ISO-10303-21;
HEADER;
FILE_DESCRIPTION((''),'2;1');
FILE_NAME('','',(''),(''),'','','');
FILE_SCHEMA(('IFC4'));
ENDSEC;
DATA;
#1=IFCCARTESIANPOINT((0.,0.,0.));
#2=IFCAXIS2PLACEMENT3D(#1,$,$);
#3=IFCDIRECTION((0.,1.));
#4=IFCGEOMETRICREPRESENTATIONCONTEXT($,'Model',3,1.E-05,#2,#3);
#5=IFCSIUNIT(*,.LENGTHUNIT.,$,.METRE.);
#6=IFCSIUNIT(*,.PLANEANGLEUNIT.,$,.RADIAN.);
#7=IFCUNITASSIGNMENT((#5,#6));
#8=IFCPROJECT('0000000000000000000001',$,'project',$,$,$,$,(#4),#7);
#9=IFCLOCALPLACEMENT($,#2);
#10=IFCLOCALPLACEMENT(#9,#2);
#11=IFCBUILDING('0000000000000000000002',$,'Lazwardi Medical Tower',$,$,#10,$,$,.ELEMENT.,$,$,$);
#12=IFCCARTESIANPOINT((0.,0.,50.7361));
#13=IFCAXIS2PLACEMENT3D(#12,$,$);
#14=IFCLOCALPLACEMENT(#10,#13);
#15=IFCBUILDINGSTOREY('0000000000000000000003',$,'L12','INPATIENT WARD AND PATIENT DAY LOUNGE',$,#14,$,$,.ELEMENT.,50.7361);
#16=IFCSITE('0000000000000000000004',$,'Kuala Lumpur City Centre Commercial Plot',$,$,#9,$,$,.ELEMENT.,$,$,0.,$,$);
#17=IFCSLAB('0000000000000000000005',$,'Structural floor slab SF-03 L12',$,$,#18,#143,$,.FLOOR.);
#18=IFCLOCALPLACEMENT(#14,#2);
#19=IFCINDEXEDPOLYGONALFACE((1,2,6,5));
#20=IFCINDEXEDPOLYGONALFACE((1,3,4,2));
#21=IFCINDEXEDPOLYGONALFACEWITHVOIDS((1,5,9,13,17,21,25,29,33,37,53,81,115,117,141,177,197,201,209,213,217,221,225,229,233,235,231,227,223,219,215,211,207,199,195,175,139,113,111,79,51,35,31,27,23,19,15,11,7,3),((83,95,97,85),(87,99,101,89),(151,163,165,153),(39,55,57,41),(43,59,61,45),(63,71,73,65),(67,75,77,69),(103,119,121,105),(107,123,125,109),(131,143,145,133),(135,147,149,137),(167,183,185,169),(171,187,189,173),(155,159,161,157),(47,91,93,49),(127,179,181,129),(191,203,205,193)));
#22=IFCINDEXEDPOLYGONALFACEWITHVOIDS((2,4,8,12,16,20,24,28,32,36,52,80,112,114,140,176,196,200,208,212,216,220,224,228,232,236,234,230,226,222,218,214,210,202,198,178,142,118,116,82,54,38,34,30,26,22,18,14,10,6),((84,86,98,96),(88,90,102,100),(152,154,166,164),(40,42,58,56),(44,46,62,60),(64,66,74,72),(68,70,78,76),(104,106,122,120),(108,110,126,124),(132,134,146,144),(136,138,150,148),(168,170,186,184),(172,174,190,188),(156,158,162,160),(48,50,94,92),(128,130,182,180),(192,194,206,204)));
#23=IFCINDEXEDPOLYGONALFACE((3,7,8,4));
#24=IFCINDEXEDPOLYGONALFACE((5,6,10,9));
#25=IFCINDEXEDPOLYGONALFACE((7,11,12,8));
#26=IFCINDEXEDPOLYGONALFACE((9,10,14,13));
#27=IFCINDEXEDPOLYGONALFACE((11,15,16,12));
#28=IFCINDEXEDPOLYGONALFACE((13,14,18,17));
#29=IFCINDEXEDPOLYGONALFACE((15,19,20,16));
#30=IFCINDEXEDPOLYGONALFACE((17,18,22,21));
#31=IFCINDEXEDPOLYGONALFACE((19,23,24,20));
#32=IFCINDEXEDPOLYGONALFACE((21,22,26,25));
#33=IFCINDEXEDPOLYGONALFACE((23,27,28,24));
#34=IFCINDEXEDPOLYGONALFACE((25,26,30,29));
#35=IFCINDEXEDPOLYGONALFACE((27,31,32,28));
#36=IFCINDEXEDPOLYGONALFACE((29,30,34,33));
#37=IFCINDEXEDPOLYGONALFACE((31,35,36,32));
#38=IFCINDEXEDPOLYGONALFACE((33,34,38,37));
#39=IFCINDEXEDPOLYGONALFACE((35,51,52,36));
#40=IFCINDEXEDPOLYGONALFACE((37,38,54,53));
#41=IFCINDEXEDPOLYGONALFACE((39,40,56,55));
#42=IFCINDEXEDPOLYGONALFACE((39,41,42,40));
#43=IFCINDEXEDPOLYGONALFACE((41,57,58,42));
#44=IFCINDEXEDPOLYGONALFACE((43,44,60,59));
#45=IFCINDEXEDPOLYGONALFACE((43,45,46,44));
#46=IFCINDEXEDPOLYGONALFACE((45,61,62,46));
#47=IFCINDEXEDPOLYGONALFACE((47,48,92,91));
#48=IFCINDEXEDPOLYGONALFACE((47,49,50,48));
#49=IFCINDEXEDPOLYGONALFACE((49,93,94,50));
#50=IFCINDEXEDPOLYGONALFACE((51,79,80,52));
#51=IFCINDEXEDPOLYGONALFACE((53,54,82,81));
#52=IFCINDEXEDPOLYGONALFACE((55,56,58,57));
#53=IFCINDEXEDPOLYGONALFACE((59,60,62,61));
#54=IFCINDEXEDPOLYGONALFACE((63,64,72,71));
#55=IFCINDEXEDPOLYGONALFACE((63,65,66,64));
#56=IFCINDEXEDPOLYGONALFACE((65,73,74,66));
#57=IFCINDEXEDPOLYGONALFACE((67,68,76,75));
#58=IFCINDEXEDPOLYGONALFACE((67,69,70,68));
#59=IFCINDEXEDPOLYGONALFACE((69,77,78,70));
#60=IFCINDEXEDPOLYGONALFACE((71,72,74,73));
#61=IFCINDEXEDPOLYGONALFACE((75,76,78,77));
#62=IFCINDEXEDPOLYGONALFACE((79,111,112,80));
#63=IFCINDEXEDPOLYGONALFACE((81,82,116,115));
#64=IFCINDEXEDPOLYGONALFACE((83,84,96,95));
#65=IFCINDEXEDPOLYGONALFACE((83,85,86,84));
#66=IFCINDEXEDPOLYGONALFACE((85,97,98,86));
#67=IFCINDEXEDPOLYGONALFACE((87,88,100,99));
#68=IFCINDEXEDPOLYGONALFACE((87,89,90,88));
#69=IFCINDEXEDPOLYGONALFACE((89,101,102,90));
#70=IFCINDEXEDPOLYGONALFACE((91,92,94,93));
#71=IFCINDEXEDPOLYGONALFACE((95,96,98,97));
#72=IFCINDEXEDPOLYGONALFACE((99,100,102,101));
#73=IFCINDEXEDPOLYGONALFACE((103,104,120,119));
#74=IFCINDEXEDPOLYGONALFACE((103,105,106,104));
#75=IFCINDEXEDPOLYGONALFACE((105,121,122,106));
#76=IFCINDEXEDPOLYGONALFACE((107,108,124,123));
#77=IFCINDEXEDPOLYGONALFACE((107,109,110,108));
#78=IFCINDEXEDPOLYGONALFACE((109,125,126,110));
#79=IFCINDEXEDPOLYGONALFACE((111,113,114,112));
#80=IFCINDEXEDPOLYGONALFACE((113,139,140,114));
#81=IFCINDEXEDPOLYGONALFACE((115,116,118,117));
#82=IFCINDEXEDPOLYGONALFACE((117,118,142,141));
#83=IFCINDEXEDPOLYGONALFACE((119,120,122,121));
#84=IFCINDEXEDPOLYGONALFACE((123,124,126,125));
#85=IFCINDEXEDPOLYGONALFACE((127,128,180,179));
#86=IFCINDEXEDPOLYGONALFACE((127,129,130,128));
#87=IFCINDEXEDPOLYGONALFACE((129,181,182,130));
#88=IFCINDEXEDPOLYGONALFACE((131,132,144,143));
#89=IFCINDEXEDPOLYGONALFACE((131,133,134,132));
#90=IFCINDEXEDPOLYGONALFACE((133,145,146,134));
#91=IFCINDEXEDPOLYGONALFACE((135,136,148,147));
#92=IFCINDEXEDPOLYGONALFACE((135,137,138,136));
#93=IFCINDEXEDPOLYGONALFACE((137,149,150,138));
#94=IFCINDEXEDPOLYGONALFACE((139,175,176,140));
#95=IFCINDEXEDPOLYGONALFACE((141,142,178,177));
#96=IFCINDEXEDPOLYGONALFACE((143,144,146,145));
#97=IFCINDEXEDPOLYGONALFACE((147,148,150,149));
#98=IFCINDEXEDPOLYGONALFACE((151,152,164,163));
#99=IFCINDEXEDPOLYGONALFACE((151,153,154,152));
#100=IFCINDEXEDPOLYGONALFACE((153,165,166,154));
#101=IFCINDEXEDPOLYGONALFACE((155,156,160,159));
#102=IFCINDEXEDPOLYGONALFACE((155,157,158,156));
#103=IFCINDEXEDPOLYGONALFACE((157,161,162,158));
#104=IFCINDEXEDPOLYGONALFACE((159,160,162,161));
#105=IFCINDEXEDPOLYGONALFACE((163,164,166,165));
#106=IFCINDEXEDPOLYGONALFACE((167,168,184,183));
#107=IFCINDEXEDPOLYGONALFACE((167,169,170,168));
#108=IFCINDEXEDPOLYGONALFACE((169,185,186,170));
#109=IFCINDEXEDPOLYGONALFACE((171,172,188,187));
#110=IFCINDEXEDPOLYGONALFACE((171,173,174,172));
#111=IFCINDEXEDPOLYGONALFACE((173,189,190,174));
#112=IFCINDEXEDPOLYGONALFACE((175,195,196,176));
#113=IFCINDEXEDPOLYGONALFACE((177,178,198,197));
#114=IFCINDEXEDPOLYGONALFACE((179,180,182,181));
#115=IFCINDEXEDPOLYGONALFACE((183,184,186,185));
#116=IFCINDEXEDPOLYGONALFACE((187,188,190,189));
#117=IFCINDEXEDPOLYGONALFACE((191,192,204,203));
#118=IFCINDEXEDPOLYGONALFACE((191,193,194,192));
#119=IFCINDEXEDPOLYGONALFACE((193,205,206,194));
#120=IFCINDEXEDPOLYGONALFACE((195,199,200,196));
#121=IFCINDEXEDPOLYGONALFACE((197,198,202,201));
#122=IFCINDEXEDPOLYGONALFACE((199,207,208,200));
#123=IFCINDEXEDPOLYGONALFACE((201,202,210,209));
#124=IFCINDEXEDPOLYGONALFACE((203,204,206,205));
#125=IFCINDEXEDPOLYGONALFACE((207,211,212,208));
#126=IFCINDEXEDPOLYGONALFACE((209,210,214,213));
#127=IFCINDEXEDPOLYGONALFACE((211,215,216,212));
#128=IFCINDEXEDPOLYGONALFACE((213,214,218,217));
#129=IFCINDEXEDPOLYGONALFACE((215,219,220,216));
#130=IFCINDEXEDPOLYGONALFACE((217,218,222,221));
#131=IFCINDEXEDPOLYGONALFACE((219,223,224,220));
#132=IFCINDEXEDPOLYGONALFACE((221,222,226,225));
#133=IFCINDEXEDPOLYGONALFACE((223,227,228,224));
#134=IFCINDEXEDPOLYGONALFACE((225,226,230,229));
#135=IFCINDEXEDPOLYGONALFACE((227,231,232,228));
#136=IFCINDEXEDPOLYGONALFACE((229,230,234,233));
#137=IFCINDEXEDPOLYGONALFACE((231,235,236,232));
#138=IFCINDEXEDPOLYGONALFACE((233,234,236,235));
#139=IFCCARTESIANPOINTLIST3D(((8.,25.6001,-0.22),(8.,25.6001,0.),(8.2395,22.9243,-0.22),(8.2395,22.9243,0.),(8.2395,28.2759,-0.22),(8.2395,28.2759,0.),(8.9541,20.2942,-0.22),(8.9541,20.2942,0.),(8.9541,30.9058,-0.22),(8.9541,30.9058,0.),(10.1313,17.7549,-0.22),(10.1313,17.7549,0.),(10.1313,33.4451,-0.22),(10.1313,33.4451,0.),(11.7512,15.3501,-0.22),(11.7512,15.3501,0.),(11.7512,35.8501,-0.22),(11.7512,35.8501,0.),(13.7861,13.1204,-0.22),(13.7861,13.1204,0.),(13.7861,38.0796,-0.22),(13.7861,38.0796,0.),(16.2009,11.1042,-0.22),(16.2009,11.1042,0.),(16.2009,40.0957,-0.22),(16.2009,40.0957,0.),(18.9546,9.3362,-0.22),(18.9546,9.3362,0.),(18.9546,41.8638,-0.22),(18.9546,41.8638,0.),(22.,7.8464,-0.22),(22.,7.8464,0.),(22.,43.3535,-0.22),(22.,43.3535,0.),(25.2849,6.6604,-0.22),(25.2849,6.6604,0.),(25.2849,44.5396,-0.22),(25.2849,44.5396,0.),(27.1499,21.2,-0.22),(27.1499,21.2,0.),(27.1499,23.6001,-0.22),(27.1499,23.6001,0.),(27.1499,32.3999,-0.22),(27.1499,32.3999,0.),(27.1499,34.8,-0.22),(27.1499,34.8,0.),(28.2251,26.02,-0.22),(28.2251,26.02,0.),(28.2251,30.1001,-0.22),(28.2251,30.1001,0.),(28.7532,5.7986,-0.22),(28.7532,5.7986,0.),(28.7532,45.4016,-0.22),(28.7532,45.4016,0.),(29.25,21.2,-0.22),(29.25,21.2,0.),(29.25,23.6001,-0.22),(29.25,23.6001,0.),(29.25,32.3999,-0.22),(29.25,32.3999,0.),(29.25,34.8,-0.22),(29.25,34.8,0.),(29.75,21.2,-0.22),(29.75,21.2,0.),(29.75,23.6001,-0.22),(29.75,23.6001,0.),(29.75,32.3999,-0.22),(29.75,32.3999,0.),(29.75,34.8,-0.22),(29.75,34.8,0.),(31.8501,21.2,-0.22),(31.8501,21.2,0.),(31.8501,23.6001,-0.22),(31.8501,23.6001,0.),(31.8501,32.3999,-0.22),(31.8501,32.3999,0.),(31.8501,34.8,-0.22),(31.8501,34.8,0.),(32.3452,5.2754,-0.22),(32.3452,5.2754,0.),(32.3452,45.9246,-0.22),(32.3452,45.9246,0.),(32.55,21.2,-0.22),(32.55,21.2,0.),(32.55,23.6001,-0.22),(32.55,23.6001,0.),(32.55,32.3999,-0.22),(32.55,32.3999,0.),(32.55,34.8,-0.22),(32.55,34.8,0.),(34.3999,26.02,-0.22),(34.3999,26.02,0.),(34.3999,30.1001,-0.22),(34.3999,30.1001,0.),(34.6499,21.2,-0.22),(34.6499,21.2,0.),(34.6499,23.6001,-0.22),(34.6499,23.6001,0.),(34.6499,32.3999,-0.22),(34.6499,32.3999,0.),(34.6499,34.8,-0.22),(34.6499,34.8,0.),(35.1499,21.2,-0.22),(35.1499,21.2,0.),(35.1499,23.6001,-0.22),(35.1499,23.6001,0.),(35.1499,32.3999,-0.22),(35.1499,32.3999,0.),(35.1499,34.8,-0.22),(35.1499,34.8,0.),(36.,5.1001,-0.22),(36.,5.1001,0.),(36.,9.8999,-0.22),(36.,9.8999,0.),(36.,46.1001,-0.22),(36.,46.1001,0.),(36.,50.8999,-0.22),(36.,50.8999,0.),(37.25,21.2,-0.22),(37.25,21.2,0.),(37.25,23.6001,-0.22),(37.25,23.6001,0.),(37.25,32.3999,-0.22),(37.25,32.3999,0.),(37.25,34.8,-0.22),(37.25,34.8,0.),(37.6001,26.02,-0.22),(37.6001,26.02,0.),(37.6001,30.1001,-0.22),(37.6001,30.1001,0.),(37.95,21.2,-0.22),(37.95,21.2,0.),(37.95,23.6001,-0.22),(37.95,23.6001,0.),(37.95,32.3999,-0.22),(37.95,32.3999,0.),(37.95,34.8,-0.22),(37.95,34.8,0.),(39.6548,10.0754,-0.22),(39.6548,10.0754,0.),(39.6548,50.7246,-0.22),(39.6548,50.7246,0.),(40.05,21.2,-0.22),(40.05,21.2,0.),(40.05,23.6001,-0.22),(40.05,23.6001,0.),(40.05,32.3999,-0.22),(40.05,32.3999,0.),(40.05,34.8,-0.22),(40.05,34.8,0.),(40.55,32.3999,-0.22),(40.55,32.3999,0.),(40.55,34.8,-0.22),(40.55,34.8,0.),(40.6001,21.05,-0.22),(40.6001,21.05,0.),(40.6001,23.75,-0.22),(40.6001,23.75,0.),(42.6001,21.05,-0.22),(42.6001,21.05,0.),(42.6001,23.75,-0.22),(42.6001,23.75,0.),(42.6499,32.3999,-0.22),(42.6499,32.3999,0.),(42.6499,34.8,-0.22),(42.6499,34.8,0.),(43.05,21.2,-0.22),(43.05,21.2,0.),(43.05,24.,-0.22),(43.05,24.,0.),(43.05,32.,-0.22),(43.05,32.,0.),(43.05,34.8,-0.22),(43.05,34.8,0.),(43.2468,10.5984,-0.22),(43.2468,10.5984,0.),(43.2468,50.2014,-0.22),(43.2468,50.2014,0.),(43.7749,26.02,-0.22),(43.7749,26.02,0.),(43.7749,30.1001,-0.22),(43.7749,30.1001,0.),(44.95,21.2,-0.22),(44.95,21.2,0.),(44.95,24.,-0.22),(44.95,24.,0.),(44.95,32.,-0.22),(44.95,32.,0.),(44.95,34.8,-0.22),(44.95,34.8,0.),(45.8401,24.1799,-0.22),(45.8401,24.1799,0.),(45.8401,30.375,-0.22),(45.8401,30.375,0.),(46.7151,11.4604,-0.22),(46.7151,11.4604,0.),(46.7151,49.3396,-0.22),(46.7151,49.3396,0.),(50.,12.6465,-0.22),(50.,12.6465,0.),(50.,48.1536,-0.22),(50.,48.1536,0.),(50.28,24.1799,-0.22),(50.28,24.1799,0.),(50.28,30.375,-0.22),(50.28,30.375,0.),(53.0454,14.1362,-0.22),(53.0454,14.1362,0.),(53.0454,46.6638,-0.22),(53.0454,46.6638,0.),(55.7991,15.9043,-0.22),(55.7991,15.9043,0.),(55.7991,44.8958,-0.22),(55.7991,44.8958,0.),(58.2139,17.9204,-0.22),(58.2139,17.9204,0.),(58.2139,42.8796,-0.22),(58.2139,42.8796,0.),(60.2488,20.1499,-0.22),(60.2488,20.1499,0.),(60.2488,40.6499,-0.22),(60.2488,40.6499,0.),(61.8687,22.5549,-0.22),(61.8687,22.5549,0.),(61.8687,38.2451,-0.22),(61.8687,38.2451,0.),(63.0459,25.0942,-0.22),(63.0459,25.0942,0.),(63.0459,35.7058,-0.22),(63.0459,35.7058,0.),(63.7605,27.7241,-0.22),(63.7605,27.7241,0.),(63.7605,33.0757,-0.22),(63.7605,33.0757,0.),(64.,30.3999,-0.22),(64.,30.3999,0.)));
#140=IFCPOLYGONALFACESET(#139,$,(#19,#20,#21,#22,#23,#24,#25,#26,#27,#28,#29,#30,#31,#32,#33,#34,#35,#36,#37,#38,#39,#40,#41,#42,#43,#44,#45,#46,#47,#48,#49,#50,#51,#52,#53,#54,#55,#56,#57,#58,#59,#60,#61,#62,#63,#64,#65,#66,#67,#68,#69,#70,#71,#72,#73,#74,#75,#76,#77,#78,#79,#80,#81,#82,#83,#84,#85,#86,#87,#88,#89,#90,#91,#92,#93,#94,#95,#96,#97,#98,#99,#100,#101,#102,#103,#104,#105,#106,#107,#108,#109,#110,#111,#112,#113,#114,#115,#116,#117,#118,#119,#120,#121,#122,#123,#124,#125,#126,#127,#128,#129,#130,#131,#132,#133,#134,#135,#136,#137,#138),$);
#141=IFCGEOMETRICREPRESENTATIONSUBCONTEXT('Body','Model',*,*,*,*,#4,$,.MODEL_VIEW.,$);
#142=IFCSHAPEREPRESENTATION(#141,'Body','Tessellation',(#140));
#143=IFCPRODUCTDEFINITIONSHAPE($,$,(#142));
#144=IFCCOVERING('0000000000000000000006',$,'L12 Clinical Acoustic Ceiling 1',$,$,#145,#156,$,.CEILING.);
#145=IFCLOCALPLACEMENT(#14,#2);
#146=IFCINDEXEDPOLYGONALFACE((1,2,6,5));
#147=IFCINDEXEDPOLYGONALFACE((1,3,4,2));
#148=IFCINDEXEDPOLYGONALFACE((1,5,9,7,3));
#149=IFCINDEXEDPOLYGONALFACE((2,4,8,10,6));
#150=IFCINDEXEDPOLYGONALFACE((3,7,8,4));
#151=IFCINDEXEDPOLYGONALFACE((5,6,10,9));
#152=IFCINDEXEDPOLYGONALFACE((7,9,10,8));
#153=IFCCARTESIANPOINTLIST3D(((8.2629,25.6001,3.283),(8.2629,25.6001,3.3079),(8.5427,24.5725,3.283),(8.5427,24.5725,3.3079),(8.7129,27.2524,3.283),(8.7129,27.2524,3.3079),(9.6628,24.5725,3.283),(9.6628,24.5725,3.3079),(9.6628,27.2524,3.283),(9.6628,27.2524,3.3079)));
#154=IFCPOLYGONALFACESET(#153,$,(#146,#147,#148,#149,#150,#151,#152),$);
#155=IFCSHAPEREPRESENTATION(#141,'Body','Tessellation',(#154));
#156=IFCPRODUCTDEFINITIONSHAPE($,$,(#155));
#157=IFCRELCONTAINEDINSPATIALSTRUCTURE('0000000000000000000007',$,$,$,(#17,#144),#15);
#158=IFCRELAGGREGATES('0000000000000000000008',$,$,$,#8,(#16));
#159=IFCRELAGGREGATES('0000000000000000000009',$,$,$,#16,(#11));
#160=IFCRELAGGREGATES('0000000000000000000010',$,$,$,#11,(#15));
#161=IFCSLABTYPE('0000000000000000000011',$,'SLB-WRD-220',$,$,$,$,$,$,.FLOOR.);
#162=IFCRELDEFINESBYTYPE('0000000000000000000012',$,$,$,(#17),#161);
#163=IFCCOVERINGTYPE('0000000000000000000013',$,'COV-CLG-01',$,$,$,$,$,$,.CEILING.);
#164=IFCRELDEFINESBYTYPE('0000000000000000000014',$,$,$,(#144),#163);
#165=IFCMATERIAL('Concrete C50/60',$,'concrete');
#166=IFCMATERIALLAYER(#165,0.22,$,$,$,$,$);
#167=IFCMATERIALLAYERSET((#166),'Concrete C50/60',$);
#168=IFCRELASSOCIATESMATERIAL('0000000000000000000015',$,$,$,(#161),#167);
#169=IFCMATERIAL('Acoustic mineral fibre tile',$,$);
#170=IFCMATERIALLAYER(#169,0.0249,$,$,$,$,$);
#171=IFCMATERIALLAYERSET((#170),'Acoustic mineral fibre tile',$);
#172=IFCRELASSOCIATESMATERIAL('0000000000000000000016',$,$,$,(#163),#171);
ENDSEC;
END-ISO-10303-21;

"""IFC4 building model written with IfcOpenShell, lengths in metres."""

from ifc_helpers import new_model, si_unit, direction, frame, origin, place, context, subcontext, project, spatial, polyline, outline, extrude, material, layer, layer_set, type_object, element, save


model = new_model("IFC4")

# Units and contexts
model_context = context("Model", 3, precision=1e-05, world=origin(), true_north=direction((0.0, 1.0)))
body_context = subcontext(model_context, "Body", "Model", "MODEL_VIEW")
ifc_project = project(units=[si_unit("LENGTHUNIT", "METRE"), si_unit("PLANEANGLEUNIT", "RADIAN")], contexts=[model_context])

# Site, building, storey
site_placement = place(None, origin())
site = spatial("IfcSite", under=ifc_project, at=site_placement, Name="Kuala Lumpur City Centre Commercial Plot", CompositionType="ELEMENT", RefElevation=0.0)
building_placement = place(site_placement, origin())
building = spatial("IfcBuilding", under=site, at=building_placement, Name="Lazwardi Medical Tower", CompositionType="ELEMENT")
storey_placement = place(building_placement, frame((0.0, 0.0, 50.7361)))
storey = spatial("IfcBuildingStorey", under=building, at=storey_placement, Name="L12", Description="INPATIENT WARD AND PATIENT DAY LOUNGE", CompositionType="ELEMENT", Elevation=50.7361)

# Slab
ifc_material_1 = material(Name="Concrete C50/60", Category="concrete")
ifc_layer_1 = layer(ifc_material_1, 0.22)
ifc_layer_set_1 = layer_set([ifc_layer_1], Name="Concrete C50/60")
slab_type_1 = type_object("IfcSlabType", Name="SLB-WRD-220", PredefinedType="FLOOR", material=ifc_layer_set_1)
slab_1_placement = place(storey_placement, frame((0.0, 0.0, -0.22)))
element("IfcSlab", 1, at=slab_1_placement, inside=storey, type_object=slab_type_1, Name="Structural floor slab SF-03 L12", PredefinedType="FLOOR", context=body_context, shape_type="SweptSolid", body=[
    extrude(outline(polyline([(10.1313, 33.4451), (8.9541, 30.9058), (8.2395, 28.2759), (8.0, 25.6001), (8.2395, 22.9243), (8.9541, 20.2942), (10.1313, 17.7549), (11.7512, 15.3501), (13.7861, 13.1204), (16.2009, 11.1042), (18.9546, 9.3362), (22.0, 7.8464), (25.2849, 6.6604), (28.7532, 5.7986), (32.3452, 5.2754), (36.0, 5.1001), (36.0, 9.8999), (39.6548, 10.0754), (43.2468, 10.5984), (46.7151, 11.4604), (50.0, 12.6465), (53.0454, 14.1362), (55.7991, 15.9043), (58.2139, 17.9204), (60.2488, 20.1499), (61.8687, 22.5549), (63.0459, 25.0942), (63.7605, 27.7241), (64.0, 30.3999), (63.7605, 33.0757), (63.0459, 35.7058), (61.8687, 38.2451), (60.2488, 40.6499), (58.2139, 42.8796), (55.7991, 44.8958), (53.0454, 46.6638), (50.0, 48.1536), (46.7151, 49.3396), (43.2468, 50.2014), (39.6548, 50.7246), (36.0, 50.8999), (36.0, 46.1001), (32.3452, 45.9246), (28.7532, 45.4016), (25.2849, 44.5396), (22.0, 43.3535), (18.9546, 41.8638), (16.2009, 40.0957), (13.7861, 38.0796), (11.7512, 35.8501), (10.1313, 33.4451)]), holes=[polyline([(28.2251, 26.02), (28.2251, 30.1001), (34.3999, 30.1001), (34.3999, 26.02), (28.2251, 26.02)]), polyline([(37.6001, 30.1001), (43.7749, 30.1001), (43.7749, 26.02), (37.6001, 26.02), (37.6001, 30.1001)]), polyline([(50.28, 30.375), (50.28, 24.1799), (45.8401, 24.1799), (45.8401, 30.375), (50.28, 30.375)]), polyline([(29.25, 32.3999), (27.1499, 32.3999), (27.1499, 34.8), (29.25, 34.8), (29.25, 32.3999)]), polyline([(29.75, 32.3999), (29.75, 34.8), (31.8501, 34.8), (31.8501, 32.3999), (29.75, 32.3999)]), polyline([(27.1499, 23.6001), (29.25, 23.6001), (29.25, 21.2), (27.1499, 21.2), (27.1499, 23.6001)]), polyline([(31.8501, 23.6001), (31.8501, 21.2), (29.75, 21.2), (29.75, 23.6001), (31.8501, 23.6001)]), polyline([(34.6499, 32.3999), (32.55, 32.3999), (32.55, 34.8), (34.6499, 34.8), (34.6499, 32.3999)]), polyline([(35.1499, 32.3999), (35.1499, 34.8), (37.25, 34.8), (37.25, 32.3999), (35.1499, 32.3999)]), polyline([(32.55, 23.6001), (34.6499, 23.6001), (34.6499, 21.2), (32.55, 21.2), (32.55, 23.6001)]), polyline([(37.25, 23.6001), (37.25, 21.2), (35.1499, 21.2), (35.1499, 23.6001), (37.25, 23.6001)]), polyline([(40.05, 32.3999), (37.95, 32.3999), (37.95, 34.8), (40.05, 34.8), (40.05, 32.3999)]), polyline([(40.55, 32.3999), (40.55, 34.8), (42.6499, 34.8), (42.6499, 32.3999), (40.55, 32.3999)]), polyline([(37.95, 23.6001), (40.05, 23.6001), (40.05, 21.2), (37.95, 21.2), (37.95, 23.6001)]), polyline([(44.95, 34.8), (44.95, 32.0), (43.05, 32.0), (43.05, 34.8), (44.95, 34.8)]), polyline([(44.95, 21.2), (43.05, 21.2), (43.05, 24.0), (44.95, 24.0), (44.95, 21.2)]), polyline([(40.6001, 21.05), (40.6001, 23.75), (42.6001, 23.75), (42.6001, 21.05), (40.6001, 21.05)])]), origin(), (0.0, 0.0, 1.0), 0.22),
])

# Covering
ifc_material_2 = material(Name="Acoustic mineral fibre tile")
ifc_layer_2 = layer(ifc_material_2, 0.0249)
ifc_layer_set_2 = layer_set([ifc_layer_2], Name="Acoustic mineral fibre tile")
covering_type_1 = type_object("IfcCoveringType", Name="COV-CLG-01", PredefinedType="CEILING", material=ifc_layer_set_2)
covering_1_placement = place(storey_placement, frame((0.0, 0.0, 3.283)))
element("IfcCovering", 2, at=covering_1_placement, inside=storey, type_object=covering_type_1, Name="L12 Clinical Acoustic Ceiling 1", PredefinedType="CEILING", context=body_context, shape_type="SweptSolid", body=[
    extrude(outline(polyline([(8.7129, 27.2524), (8.2629, 25.6001), (8.5427, 24.5725), (9.6628, 24.5725), (9.6628, 27.2524), (8.7129, 27.2524)])), origin(), (0.0, 0.0, 1.0), 0.0249),
])

save(model, "model.ifc")
